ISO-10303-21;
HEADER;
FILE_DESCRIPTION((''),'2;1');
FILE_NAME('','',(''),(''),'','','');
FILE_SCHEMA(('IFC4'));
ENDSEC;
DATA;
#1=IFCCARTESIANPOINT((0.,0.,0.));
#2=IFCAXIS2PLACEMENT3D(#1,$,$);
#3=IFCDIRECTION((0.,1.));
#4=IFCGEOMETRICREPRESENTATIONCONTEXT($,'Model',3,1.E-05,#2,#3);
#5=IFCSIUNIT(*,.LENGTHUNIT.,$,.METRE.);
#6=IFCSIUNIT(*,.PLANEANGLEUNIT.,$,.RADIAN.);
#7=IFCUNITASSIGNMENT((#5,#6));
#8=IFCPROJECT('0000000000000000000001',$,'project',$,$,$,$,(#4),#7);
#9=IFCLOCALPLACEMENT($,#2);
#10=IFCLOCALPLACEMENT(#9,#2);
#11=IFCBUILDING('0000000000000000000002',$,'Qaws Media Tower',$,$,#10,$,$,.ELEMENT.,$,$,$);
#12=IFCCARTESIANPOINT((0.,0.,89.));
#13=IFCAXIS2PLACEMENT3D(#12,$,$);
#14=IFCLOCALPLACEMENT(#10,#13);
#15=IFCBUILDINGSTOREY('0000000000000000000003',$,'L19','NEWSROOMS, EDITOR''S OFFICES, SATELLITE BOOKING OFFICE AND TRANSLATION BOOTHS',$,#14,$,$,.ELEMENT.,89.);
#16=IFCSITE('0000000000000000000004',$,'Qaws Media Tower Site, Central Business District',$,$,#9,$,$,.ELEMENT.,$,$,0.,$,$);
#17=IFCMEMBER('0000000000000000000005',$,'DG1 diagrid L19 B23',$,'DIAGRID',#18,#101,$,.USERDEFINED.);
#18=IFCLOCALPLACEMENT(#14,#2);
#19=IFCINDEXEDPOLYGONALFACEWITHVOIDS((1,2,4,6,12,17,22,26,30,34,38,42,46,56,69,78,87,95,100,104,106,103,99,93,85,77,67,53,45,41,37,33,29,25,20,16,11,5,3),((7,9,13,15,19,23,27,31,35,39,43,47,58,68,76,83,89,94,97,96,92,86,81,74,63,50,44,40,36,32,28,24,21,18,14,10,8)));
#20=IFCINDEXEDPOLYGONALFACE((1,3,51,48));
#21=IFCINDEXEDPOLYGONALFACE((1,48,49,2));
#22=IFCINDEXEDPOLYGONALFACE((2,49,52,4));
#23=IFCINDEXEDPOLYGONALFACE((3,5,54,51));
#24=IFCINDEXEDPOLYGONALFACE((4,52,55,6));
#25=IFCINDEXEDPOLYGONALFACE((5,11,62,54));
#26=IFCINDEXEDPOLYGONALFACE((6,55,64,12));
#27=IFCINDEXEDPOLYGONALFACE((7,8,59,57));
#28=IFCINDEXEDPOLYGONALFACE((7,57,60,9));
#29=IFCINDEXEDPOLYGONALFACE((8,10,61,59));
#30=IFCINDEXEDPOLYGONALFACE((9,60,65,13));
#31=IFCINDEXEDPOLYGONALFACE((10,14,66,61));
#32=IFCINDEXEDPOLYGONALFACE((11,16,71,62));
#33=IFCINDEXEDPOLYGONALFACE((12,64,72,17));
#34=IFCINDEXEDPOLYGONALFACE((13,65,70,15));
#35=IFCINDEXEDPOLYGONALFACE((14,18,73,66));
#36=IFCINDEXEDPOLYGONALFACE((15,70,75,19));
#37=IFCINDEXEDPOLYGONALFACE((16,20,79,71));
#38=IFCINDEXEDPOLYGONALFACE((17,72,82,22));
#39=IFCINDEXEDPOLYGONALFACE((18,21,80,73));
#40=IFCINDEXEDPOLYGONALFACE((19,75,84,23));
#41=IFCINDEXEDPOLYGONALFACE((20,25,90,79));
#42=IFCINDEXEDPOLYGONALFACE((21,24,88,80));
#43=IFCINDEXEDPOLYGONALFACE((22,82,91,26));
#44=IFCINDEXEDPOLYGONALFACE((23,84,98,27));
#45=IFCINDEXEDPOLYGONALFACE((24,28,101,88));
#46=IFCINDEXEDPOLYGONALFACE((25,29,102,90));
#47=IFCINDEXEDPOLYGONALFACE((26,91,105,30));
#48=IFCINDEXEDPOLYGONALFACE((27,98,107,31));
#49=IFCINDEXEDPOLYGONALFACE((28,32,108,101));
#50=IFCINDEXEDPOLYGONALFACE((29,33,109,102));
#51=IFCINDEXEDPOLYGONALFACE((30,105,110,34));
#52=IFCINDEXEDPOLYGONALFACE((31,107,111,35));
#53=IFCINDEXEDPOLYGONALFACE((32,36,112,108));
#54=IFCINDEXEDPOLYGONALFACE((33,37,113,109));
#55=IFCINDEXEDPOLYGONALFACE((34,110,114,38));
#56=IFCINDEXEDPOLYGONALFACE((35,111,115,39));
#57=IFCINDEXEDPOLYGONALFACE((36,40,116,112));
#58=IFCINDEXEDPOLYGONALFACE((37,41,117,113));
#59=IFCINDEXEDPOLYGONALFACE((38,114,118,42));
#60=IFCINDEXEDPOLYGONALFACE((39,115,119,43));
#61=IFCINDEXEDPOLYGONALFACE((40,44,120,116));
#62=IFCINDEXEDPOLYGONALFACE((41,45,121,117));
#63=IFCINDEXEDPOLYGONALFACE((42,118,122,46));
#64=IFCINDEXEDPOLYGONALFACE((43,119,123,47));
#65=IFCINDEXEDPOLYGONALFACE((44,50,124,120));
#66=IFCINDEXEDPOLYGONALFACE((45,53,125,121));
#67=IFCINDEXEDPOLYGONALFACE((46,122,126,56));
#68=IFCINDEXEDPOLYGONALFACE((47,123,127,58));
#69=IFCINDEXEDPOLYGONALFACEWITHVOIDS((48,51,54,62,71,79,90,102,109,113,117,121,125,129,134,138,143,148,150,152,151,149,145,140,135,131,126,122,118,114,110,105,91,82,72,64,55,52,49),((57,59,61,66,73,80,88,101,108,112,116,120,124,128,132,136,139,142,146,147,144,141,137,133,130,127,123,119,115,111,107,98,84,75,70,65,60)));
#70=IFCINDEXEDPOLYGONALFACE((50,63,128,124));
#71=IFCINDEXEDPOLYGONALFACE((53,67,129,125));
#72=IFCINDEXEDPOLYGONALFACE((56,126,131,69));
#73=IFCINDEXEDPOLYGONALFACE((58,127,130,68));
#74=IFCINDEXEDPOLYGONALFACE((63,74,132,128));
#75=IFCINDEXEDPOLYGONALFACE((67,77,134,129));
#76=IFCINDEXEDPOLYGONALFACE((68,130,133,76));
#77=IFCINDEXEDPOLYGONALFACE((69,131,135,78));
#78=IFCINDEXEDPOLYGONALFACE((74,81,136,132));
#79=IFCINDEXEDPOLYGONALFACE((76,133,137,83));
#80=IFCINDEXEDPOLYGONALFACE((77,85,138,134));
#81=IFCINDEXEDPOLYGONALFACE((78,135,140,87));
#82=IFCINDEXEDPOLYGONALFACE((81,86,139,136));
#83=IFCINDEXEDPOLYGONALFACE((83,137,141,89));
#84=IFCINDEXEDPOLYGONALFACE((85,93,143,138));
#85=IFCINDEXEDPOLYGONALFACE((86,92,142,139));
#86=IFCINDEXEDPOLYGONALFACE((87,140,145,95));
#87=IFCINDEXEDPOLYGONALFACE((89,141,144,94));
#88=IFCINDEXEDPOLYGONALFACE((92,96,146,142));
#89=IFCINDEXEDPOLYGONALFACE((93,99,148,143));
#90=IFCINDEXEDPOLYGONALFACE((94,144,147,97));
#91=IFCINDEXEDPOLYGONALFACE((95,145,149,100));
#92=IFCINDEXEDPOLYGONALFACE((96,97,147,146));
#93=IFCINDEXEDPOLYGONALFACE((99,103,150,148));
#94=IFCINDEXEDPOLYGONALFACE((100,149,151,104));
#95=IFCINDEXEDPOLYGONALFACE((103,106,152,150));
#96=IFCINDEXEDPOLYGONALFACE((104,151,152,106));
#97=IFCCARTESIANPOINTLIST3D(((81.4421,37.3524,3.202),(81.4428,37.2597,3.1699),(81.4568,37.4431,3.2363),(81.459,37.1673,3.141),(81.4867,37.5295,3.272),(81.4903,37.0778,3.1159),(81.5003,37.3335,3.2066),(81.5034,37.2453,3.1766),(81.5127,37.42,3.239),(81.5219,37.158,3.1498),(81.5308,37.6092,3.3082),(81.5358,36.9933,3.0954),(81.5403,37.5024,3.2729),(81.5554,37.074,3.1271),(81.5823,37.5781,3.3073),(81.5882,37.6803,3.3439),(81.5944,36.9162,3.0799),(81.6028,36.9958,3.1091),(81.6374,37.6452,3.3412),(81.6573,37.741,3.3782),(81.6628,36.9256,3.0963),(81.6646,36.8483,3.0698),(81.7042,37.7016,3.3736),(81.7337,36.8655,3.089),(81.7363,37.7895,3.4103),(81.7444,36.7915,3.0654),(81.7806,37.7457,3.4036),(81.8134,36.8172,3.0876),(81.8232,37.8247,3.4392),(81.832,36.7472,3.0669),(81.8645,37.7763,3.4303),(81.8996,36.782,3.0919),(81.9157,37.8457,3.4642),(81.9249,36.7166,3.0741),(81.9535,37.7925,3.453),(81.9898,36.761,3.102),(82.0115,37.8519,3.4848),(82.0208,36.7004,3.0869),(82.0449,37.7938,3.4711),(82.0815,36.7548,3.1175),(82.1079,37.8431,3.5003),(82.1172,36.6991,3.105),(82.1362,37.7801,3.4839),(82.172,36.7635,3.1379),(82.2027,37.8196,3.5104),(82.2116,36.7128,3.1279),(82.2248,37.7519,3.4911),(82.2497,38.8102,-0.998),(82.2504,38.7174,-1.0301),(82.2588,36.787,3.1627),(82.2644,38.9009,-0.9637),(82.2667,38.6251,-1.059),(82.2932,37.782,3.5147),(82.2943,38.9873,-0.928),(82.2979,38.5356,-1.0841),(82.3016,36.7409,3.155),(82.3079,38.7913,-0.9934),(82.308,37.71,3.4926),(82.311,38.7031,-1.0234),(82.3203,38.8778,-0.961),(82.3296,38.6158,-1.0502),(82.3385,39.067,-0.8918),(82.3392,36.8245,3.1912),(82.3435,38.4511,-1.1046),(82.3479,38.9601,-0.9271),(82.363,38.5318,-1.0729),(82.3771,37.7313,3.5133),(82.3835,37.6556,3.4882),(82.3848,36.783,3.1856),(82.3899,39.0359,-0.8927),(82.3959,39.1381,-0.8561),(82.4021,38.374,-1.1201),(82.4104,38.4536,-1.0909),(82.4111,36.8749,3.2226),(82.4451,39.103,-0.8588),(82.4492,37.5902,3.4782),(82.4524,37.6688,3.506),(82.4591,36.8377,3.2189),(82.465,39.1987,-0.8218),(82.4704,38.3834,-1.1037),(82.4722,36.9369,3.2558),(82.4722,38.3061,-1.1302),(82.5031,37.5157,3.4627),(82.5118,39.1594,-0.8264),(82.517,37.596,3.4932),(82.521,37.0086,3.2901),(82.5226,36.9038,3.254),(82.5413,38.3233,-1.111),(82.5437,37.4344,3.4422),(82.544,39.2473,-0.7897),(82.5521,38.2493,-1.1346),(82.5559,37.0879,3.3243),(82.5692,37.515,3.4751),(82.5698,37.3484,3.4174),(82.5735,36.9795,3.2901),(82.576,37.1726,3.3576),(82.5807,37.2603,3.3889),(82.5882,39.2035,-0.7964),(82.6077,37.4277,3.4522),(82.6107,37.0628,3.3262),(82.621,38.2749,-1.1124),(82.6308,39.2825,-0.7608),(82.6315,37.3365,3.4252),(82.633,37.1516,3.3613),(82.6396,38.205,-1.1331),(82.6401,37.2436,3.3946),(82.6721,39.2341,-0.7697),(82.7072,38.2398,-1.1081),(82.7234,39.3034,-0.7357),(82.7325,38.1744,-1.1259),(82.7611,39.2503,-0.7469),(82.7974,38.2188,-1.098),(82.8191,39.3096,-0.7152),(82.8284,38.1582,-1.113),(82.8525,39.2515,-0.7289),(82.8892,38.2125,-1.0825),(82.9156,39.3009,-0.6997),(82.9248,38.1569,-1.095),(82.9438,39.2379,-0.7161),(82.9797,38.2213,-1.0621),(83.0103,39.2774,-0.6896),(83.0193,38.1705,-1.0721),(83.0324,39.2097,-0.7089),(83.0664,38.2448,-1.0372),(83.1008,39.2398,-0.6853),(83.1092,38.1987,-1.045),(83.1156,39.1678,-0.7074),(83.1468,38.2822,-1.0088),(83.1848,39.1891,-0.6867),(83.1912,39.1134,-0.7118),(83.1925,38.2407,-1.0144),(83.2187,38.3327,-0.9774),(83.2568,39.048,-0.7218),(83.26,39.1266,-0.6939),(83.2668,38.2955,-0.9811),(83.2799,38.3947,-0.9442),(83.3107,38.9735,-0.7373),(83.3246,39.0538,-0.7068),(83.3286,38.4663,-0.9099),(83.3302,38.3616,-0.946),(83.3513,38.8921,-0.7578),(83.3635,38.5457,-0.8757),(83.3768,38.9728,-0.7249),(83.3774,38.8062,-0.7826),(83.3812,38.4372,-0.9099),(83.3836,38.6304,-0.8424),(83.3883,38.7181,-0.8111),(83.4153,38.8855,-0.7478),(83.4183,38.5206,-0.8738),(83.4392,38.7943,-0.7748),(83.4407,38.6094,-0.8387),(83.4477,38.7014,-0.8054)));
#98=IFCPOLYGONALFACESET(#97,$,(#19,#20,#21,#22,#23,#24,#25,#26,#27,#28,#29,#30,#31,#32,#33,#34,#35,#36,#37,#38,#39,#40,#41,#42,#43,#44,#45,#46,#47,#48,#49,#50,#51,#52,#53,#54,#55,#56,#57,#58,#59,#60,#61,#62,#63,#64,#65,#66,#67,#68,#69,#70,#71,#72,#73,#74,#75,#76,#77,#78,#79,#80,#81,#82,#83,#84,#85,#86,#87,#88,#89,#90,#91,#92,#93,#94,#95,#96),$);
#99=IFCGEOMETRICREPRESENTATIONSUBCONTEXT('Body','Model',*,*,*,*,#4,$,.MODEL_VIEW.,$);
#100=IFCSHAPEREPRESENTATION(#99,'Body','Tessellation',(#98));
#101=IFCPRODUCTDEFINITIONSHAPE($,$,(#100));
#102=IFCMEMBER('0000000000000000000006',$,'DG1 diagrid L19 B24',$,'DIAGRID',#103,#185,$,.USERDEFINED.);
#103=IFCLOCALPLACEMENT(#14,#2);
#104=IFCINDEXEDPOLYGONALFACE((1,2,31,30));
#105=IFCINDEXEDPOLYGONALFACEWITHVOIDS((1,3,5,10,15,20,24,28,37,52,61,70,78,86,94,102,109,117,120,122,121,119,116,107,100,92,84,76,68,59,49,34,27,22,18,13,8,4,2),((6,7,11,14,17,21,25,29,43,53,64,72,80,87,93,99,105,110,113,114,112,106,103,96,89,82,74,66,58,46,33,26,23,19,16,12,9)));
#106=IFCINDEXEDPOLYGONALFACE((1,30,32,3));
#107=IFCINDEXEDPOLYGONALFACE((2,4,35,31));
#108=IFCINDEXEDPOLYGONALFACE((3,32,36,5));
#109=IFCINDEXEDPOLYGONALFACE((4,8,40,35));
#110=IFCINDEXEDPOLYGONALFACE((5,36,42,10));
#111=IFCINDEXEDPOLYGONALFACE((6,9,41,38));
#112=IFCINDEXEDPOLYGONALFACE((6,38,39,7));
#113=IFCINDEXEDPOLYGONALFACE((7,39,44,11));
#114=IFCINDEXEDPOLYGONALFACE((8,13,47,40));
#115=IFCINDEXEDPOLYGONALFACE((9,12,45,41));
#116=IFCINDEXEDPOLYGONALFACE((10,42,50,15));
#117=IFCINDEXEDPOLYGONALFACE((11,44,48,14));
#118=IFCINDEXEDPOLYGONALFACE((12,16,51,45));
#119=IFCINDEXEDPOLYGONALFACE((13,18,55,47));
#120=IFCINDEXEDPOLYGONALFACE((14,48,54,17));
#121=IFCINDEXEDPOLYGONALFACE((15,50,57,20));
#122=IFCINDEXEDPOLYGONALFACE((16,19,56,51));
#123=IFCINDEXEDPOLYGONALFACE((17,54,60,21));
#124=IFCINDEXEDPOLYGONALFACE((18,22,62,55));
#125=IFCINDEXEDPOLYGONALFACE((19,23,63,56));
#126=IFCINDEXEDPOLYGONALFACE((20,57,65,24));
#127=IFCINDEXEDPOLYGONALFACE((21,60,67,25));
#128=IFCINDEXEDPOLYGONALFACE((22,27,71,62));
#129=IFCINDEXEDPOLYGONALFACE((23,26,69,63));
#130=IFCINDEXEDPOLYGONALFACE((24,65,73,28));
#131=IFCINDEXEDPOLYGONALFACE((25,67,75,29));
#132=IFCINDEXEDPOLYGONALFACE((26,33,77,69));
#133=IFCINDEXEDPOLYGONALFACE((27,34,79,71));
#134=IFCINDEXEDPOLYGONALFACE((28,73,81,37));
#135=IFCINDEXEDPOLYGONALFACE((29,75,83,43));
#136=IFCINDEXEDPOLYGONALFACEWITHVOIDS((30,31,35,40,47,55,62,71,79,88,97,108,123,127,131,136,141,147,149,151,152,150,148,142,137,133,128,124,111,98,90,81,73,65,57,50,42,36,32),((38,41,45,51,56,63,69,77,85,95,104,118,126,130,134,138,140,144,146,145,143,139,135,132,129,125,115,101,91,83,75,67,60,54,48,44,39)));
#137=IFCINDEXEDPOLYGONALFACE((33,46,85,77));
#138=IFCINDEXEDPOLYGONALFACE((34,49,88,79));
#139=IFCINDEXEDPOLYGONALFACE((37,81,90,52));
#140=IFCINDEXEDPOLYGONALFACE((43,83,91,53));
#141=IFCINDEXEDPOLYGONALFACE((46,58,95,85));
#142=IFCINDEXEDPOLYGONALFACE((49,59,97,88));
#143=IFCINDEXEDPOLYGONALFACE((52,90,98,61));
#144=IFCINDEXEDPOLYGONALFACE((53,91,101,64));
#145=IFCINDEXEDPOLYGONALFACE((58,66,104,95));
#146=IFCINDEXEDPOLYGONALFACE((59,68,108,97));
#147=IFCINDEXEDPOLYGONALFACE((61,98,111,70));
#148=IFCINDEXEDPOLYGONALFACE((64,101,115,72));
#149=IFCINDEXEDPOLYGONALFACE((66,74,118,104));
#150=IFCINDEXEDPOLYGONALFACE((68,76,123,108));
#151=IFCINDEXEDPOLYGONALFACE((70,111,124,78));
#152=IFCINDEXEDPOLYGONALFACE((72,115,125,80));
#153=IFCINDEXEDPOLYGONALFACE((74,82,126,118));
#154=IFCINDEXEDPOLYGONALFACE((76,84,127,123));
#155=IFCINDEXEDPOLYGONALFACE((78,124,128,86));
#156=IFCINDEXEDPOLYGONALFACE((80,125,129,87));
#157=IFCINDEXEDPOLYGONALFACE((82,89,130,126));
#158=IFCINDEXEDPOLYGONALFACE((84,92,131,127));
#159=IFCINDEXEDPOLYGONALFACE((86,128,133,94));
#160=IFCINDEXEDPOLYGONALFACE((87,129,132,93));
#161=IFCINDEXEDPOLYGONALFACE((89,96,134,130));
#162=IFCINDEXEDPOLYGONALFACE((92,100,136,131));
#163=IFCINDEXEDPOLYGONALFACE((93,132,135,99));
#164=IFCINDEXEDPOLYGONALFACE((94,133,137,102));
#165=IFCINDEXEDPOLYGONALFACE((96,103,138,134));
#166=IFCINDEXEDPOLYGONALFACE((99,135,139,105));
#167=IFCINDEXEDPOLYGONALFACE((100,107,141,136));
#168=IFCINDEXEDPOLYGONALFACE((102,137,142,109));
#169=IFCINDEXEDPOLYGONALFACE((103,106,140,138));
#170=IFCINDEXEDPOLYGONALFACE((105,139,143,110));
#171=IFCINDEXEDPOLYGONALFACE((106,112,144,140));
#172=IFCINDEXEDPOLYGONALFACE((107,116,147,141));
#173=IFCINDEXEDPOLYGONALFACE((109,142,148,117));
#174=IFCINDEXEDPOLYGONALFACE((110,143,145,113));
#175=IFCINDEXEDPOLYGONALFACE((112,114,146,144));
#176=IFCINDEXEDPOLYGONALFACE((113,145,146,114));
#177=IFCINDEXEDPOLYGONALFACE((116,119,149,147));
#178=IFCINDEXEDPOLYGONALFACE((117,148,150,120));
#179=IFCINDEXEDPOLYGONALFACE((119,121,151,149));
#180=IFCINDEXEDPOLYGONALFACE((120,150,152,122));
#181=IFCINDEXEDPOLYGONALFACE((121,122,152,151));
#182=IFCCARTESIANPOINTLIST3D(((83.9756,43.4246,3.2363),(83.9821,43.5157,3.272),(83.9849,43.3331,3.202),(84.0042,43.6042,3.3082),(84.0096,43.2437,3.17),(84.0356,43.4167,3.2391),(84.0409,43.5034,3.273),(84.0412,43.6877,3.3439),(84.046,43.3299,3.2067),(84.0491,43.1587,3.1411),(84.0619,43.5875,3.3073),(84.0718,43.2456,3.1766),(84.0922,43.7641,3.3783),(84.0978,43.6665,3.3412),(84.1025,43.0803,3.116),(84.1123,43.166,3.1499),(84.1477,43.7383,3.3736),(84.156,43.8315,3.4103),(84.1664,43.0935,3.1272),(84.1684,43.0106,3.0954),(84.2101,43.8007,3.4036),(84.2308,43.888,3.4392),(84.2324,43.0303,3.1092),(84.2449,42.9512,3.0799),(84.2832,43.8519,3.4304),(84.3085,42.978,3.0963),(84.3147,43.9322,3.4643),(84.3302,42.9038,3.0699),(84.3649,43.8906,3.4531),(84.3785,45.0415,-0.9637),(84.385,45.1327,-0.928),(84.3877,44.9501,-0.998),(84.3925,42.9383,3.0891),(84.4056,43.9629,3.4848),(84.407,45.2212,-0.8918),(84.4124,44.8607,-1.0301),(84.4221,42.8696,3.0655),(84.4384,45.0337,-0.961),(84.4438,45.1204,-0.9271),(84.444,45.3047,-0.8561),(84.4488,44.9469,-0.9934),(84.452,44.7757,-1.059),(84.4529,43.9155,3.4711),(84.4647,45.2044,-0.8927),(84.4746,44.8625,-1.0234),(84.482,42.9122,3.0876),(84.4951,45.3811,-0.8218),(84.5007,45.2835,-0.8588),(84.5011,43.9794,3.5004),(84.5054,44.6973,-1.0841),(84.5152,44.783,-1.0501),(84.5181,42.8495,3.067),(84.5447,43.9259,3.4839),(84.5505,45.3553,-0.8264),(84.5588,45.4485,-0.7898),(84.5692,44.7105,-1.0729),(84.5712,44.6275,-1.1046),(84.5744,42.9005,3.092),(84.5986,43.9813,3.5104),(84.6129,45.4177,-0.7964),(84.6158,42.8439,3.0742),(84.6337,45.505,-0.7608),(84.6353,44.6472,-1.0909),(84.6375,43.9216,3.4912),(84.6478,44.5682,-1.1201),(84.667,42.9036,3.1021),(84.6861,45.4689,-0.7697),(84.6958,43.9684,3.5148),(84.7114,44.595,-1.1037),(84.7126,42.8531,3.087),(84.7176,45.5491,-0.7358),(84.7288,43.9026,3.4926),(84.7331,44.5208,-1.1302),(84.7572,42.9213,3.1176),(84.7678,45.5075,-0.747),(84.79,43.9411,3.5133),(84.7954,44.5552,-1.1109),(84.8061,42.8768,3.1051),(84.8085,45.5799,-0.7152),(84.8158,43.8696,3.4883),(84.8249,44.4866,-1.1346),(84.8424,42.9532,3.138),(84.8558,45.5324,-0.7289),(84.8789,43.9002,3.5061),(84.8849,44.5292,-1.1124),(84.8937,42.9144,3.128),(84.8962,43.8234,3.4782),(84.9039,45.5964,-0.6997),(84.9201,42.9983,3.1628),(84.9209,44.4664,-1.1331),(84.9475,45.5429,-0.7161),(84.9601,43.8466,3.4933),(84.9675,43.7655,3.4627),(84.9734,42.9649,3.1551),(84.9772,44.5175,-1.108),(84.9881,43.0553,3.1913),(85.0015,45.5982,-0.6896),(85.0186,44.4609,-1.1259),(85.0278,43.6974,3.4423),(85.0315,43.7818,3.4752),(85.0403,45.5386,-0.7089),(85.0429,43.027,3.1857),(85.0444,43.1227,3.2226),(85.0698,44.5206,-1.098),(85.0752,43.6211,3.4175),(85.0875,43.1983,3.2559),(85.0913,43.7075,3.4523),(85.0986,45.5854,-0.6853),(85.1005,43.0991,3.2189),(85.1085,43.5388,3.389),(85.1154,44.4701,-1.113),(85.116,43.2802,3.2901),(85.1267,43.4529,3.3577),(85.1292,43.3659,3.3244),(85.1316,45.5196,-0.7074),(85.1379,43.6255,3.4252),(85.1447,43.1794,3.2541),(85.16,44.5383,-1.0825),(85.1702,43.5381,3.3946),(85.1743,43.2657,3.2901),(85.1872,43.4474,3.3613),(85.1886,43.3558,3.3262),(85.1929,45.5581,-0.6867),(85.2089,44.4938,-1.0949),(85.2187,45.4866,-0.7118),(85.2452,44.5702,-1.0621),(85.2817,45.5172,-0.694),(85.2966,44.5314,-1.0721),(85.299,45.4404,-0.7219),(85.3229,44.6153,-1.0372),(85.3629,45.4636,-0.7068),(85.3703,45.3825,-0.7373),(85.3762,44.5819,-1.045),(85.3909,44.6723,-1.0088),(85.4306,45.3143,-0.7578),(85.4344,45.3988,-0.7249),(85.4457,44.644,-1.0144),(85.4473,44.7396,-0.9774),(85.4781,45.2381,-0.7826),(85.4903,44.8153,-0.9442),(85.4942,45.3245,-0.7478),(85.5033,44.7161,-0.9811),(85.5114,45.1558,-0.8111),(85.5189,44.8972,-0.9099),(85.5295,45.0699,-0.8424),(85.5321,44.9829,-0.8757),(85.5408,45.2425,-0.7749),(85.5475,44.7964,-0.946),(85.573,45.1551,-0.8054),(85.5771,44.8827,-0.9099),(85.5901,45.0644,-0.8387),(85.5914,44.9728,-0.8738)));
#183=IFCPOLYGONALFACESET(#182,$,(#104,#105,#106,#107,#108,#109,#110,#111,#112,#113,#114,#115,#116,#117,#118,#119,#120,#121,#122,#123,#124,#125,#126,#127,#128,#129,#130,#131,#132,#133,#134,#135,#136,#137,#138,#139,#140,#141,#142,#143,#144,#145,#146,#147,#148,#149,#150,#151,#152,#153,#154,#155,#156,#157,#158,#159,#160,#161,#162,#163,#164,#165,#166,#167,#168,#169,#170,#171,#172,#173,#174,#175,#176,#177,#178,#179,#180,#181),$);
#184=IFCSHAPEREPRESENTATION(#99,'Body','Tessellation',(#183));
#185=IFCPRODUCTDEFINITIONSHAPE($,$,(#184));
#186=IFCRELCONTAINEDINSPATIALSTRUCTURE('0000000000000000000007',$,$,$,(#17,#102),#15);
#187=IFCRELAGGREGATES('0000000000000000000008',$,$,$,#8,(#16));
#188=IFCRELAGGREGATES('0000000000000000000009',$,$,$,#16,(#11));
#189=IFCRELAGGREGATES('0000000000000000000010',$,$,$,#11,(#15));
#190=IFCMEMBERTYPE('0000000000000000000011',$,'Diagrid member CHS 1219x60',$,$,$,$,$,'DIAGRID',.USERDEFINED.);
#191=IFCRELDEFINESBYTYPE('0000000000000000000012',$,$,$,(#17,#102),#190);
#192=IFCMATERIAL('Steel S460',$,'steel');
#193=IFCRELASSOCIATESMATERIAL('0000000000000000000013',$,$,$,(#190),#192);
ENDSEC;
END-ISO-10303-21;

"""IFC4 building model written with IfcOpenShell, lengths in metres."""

from ifc_helpers import new_model, si_unit, direction, frame, origin, origin_2d, place, context, subcontext, project, spatial, hollow_circle, extrude, material, material_profile, profile_set, type_object, element, save


model = new_model("IFC4")

# Units and contexts
model_context = context("Model", 3, precision=1e-05, world=origin(), true_north=direction((0.0, 1.0)))
body_context = subcontext(model_context, "Body", "Model", "MODEL_VIEW")
ifc_project = project(units=[si_unit("LENGTHUNIT", "METRE"), si_unit("PLANEANGLEUNIT", "RADIAN")], contexts=[model_context])

# Site, building, storey
site_placement = place(None, origin())
site = spatial("IfcSite", under=ifc_project, at=site_placement, Name="Qaws Media Tower Site, Central Business District", CompositionType="ELEMENT", RefElevation=0.0)
building_placement = place(site_placement, origin())
building = spatial("IfcBuilding", under=site, at=building_placement, Name="Qaws Media Tower", CompositionType="ELEMENT")
storey_placement = place(building_placement, frame((0.0, 0.0, 89.0)))
storey = spatial("IfcBuildingStorey", under=building, at=storey_placement, Name="L19", Description="NEWSROOMS, EDITOR'S OFFICES, SATELLITE BOOKING OFFICE AND TRANSLATION BOOTHS", CompositionType="ELEMENT", Elevation=89.0)

# Members
ifc_material_1 = material(Name="Steel S460", Category="steel")
ifc_material_profile_1 = material_profile(ifc_material_1, hollow_circle(Radius=0.6096, WallThickness=0.0601, at=origin_2d()), Name="CHS 1219x60")
ifc_profile_set_1 = profile_set([ifc_material_profile_1], Name="Steel S460")
member_type_1 = type_object("IfcMemberType", Name="Diagrid member CHS 1219x60", ElementType="DIAGRID", PredefinedType="USERDEFINED", material=ifc_profile_set_1)
for number, where, z_axis, x_axis, name in (
    (1, (82.8479, 38.7327, -0.9099), (-0.178735, -0.322621, 0.9295), (0.87473, -0.48461, 0.0), "DG1 diagrid L19 B23"),
    (2, (84.9856, 45.03, -0.9099), (-0.089153, -0.357854, 0.929512), (0.97034, -0.241743, 0.0), "DG1 diagrid L19 B24"),
):
    element("IfcMember", number, at=place(storey_placement, frame(where, z_axis=z_axis, x_axis=x_axis)), inside=storey, type_object=member_type_1, Name=name, ObjectType="DIAGRID", PredefinedType="USERDEFINED", context=body_context, shape_type="SweptSolid", body=[
        extrude(hollow_circle(Radius=0.6096, WallThickness=0.0601, at=origin_2d()), origin(), (0.0, 0.0, 1.0), 4.5186),
    ])

save(model, "model.ifc")
